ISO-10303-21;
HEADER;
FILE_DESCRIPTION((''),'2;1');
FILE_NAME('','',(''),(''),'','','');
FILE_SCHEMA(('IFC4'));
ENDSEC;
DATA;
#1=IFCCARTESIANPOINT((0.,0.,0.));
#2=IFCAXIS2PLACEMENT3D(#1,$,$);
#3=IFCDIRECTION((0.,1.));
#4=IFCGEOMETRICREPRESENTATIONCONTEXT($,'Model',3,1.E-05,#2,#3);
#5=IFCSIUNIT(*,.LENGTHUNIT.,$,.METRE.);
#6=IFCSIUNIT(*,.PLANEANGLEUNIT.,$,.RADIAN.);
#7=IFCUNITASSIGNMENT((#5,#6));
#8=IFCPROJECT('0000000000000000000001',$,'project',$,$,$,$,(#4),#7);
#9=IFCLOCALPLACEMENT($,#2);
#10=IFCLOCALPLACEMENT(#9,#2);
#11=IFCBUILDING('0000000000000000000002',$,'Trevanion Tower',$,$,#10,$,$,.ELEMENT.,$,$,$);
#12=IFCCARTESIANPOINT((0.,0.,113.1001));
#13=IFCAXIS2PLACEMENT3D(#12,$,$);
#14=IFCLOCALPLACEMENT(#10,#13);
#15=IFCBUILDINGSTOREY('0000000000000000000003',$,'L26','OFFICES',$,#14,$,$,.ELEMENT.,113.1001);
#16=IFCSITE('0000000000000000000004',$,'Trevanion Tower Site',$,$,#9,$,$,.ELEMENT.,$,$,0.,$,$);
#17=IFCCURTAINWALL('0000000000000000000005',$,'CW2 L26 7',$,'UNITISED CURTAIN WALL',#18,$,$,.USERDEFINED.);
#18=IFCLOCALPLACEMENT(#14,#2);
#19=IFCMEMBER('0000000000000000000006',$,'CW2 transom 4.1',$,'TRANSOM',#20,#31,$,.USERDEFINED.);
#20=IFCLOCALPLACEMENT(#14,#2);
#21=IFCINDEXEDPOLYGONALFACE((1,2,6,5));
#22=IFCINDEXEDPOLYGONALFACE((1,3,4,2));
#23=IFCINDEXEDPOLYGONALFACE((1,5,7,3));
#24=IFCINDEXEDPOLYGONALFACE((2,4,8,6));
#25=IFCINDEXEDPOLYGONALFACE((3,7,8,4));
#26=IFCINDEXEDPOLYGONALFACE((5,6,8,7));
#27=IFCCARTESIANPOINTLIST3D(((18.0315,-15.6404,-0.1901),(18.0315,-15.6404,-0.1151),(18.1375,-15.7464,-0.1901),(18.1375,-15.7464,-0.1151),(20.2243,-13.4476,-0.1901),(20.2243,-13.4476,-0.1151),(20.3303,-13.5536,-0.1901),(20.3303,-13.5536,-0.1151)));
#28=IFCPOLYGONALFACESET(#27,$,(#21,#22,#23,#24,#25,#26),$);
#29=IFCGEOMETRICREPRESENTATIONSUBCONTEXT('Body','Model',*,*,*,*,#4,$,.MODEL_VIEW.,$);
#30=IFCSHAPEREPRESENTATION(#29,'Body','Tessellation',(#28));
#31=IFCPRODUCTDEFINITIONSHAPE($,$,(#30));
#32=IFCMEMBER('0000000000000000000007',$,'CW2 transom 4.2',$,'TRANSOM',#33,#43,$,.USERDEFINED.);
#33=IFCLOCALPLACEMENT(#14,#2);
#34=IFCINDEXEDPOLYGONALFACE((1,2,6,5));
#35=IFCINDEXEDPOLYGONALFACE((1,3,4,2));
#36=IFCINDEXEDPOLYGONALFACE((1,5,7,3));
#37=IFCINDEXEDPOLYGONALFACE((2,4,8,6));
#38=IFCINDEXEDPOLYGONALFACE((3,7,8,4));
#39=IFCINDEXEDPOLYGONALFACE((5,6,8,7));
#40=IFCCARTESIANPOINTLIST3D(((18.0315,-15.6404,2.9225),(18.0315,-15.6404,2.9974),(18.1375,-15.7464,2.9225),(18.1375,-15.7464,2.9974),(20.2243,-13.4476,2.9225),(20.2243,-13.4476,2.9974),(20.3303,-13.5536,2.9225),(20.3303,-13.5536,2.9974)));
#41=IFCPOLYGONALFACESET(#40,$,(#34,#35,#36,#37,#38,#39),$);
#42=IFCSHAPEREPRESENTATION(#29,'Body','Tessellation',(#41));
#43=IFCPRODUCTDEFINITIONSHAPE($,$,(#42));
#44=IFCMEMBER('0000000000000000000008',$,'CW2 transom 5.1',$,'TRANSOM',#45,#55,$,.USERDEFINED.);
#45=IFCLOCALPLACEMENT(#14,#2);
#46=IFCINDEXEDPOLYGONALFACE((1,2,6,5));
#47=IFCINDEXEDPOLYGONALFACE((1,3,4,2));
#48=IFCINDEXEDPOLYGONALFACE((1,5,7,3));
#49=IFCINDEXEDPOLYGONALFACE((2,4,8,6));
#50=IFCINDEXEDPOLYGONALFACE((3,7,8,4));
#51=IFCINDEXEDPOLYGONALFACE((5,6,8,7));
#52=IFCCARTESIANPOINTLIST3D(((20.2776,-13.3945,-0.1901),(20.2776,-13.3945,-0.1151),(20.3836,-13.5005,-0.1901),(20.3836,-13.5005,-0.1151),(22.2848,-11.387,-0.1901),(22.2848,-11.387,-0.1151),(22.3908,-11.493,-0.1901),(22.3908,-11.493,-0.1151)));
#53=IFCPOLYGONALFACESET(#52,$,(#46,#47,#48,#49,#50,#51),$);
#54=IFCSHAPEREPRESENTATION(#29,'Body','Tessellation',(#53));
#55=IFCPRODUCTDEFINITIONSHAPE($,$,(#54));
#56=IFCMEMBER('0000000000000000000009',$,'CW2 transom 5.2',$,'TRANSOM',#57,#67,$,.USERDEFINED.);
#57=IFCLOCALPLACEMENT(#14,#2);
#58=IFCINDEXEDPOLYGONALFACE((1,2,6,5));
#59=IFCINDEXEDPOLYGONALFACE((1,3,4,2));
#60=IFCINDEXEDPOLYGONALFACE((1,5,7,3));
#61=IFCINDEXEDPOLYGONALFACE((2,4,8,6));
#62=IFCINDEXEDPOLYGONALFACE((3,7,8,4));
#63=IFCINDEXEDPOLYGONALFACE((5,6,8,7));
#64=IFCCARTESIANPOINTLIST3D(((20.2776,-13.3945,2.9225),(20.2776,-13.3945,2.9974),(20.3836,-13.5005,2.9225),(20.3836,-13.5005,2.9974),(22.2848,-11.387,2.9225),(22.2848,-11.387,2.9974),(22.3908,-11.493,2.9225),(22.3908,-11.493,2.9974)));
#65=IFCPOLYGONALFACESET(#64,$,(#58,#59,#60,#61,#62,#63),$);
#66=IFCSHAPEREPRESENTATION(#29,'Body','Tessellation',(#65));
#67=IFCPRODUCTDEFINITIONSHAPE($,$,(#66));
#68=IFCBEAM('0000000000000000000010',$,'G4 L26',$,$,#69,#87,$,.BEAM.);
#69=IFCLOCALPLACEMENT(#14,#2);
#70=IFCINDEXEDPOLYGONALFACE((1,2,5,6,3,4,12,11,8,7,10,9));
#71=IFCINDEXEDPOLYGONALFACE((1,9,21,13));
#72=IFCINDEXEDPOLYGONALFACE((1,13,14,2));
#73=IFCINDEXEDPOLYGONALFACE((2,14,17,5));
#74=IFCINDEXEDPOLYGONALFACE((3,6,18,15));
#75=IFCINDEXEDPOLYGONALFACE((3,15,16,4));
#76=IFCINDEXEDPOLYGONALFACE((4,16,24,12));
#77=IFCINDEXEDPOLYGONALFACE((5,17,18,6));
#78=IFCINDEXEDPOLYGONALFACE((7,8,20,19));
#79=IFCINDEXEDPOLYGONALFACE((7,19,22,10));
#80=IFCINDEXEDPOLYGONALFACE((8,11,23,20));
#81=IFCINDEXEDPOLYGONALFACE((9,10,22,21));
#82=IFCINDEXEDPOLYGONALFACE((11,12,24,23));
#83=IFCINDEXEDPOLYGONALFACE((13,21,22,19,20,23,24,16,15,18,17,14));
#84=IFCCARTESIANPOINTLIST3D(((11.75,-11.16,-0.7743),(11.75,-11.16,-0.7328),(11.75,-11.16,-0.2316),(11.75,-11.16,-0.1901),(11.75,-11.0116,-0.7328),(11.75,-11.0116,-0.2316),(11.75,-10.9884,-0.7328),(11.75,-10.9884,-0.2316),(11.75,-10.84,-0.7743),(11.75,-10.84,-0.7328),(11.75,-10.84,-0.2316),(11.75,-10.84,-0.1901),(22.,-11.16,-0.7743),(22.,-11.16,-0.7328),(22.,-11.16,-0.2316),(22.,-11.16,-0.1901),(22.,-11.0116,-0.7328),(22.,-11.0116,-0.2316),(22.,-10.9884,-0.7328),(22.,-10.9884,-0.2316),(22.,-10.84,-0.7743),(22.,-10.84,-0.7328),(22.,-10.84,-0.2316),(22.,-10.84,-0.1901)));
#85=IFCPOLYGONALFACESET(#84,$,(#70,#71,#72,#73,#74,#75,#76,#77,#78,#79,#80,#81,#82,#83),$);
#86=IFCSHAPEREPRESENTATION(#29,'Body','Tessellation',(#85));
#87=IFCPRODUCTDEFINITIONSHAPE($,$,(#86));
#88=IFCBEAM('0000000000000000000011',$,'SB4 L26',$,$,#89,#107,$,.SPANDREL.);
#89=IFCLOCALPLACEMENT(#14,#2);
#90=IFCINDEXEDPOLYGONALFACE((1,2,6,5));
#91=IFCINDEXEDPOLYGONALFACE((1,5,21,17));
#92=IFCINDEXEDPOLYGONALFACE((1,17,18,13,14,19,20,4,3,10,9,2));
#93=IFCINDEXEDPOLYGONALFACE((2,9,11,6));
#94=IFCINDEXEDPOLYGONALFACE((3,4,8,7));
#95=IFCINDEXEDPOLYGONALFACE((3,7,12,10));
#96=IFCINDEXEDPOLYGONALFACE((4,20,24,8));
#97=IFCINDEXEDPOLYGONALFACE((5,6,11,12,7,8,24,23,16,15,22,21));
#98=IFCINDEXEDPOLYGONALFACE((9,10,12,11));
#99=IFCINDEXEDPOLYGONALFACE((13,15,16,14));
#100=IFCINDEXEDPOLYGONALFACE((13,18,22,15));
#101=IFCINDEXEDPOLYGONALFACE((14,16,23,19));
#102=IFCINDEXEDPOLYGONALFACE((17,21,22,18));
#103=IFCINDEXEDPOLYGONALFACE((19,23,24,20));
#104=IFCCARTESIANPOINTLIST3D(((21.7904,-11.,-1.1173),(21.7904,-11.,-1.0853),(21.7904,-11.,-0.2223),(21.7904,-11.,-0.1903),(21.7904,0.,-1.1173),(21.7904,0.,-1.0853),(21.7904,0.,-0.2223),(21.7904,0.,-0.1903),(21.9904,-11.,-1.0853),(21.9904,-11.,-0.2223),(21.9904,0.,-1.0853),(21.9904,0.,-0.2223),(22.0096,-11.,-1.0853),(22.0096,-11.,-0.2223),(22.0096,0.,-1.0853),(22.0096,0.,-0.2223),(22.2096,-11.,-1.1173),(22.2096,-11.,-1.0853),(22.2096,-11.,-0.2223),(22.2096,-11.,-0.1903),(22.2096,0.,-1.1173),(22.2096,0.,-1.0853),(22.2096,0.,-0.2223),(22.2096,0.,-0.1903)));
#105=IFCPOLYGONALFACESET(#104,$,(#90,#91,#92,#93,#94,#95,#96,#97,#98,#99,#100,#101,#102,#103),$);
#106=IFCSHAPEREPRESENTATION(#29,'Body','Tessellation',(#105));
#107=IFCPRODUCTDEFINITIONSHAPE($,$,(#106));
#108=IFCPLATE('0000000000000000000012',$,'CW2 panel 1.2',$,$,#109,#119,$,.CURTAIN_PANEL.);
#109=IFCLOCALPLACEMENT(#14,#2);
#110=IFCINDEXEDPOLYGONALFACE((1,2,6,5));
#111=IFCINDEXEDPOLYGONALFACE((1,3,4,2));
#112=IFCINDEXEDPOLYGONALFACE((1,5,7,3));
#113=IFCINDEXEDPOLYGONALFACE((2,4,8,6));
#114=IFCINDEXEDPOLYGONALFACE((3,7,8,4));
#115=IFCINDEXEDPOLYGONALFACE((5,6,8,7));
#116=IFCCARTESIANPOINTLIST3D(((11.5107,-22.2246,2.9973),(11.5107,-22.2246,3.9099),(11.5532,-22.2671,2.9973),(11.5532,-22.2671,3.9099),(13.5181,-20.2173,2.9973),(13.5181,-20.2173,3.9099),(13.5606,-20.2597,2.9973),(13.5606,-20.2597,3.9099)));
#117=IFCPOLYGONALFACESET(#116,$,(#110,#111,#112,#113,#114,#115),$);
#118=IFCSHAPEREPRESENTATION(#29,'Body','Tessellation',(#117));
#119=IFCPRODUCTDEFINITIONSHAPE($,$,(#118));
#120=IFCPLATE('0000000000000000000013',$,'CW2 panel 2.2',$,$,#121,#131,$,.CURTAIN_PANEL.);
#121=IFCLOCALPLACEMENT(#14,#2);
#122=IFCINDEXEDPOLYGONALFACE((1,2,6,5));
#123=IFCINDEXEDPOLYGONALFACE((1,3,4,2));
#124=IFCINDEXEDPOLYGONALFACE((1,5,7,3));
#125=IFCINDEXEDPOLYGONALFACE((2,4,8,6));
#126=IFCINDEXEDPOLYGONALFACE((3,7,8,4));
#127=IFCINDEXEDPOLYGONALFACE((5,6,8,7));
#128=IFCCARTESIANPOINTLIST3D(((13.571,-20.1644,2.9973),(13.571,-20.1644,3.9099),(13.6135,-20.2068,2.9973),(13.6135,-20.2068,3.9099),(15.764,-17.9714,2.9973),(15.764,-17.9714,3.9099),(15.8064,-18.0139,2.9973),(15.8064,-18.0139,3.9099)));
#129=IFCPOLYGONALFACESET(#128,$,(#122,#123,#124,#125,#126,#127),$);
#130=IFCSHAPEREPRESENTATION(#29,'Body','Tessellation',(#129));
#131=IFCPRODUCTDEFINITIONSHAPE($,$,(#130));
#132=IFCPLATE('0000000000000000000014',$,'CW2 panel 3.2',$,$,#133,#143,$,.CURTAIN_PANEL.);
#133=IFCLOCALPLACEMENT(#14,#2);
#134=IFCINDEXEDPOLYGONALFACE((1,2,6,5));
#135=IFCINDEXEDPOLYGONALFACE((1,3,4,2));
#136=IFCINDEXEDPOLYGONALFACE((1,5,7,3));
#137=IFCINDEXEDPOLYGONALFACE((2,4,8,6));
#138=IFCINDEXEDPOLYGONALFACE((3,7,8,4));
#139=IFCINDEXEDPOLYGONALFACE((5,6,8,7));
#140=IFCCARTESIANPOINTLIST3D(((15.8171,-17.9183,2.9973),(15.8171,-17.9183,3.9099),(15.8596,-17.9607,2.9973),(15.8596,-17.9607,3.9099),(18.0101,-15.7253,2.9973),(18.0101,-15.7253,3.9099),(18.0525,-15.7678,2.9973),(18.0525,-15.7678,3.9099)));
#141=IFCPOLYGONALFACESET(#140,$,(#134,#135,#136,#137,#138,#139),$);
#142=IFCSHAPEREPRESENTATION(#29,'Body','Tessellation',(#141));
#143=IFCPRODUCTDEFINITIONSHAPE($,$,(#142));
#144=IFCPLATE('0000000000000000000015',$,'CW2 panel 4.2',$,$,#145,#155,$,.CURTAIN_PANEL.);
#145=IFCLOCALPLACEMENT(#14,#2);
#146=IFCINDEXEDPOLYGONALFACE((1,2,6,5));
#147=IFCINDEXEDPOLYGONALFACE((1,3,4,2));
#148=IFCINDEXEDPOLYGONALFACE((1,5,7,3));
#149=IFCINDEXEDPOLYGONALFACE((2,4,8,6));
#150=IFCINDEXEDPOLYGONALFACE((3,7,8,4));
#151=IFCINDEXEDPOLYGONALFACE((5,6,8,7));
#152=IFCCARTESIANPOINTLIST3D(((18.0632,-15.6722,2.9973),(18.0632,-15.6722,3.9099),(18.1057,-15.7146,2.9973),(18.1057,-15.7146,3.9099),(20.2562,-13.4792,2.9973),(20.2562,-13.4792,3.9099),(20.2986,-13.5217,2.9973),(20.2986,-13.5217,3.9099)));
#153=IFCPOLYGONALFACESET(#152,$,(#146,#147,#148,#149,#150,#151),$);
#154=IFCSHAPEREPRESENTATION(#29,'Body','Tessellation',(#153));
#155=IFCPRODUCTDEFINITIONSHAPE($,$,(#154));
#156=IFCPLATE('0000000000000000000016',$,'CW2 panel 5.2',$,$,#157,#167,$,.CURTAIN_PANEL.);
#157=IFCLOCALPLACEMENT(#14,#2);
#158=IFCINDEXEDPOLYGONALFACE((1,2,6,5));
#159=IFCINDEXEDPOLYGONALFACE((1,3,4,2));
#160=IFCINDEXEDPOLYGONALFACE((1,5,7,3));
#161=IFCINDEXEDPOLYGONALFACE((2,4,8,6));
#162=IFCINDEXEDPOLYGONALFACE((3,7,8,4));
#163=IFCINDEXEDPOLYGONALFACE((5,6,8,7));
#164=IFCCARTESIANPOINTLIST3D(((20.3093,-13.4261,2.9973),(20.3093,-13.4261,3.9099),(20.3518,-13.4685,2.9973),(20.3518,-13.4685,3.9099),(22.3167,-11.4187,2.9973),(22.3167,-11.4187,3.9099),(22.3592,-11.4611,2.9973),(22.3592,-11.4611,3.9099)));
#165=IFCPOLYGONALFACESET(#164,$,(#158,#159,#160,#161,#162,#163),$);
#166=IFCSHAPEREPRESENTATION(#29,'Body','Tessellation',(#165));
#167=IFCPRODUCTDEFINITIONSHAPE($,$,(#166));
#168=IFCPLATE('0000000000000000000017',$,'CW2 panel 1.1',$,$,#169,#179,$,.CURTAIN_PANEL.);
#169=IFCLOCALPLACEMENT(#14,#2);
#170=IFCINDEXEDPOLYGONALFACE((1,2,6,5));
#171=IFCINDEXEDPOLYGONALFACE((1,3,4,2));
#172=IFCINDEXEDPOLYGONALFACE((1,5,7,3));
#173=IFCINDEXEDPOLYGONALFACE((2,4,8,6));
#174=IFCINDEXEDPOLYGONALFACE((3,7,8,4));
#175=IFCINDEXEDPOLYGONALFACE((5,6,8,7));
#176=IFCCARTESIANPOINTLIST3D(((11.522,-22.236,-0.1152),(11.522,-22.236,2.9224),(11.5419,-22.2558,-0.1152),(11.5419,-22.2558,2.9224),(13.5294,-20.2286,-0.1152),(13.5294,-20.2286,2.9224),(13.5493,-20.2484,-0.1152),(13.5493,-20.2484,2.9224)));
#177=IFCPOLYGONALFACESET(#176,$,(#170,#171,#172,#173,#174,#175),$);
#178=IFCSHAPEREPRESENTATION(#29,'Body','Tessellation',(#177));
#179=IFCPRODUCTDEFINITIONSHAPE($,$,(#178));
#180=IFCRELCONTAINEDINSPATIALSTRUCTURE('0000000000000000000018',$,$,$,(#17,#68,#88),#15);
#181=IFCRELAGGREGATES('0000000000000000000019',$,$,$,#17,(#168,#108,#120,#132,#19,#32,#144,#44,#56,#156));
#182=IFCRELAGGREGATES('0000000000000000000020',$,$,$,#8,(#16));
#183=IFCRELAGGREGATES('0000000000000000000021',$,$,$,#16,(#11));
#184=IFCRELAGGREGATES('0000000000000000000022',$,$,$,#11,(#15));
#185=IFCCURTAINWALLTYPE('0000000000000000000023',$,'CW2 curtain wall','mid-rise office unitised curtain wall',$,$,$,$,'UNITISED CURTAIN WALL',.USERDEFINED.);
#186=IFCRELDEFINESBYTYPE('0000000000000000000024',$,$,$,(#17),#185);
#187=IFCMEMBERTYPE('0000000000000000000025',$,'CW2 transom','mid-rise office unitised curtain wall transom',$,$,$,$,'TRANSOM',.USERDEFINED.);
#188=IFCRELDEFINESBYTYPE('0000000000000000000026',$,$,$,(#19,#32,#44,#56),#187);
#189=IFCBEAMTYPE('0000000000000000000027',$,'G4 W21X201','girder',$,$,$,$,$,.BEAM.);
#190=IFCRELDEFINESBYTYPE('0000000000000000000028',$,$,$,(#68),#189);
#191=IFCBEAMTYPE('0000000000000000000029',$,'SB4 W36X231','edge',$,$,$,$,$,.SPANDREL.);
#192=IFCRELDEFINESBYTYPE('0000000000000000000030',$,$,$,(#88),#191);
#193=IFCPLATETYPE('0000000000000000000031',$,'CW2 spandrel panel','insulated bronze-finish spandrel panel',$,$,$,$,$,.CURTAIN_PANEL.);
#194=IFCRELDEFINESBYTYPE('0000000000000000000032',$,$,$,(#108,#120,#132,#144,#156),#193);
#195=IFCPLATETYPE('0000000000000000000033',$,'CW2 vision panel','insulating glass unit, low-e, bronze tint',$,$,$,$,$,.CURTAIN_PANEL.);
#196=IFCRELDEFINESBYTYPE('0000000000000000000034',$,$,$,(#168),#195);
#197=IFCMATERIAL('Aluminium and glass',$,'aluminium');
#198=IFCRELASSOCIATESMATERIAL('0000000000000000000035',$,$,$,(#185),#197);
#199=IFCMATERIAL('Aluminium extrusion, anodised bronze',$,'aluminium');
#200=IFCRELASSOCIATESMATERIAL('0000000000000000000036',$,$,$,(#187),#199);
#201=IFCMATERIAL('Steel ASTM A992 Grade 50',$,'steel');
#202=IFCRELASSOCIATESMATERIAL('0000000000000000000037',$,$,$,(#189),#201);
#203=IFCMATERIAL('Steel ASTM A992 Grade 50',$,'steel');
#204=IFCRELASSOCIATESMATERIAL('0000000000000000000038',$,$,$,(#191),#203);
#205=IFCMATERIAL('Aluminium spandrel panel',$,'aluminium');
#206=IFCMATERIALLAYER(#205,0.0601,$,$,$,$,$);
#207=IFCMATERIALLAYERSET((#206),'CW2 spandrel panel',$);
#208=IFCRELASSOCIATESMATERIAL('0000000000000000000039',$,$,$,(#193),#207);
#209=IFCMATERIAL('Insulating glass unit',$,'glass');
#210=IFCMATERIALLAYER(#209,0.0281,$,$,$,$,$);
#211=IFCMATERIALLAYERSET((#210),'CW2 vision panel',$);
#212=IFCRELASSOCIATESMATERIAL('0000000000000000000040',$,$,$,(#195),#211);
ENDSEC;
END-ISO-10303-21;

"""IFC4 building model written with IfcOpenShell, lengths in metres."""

from ifc_helpers import new_model, si_unit, direction, frame, origin, origin_2d, place, context, subcontext, project, spatial, rectangle, i_section, extrude, material, layer, layer_set, material_profile, profile_set, type_object, element, aggregate, save


model = new_model("IFC4")

# Units and contexts
model_context = context("Model", 3, precision=1e-05, world=origin(), true_north=direction((0.0, 1.0)))
body_context = subcontext(model_context, "Body", "Model", "MODEL_VIEW")
ifc_project = project(units=[si_unit("LENGTHUNIT", "METRE"), si_unit("PLANEANGLEUNIT", "RADIAN")], contexts=[model_context])

# Site, building, storey
site_placement = place(None, origin())
site = spatial("IfcSite", under=ifc_project, at=site_placement, Name="Trevanion Tower Site", CompositionType="ELEMENT", RefElevation=0.0)
building_placement = place(site_placement, origin())
building = spatial("IfcBuilding", under=site, at=building_placement, Name="Trevanion Tower", CompositionType="ELEMENT")
storey_placement = place(building_placement, frame((0.0, 0.0, 113.1001)))
storey = spatial("IfcBuildingStorey", under=building, at=storey_placement, Name="L26", Description="OFFICES", CompositionType="ELEMENT", Elevation=113.1001)

# Curtain wall, members
ifc_material_1 = material(Name="Aluminium and glass", Category="aluminium")
curtain_wall_type = type_object("IfcCurtainWallType", Name="CW2 curtain wall", Description="mid-rise office unitised curtain wall", ElementType="UNITISED CURTAIN WALL", PredefinedType="USERDEFINED", material=ifc_material_1)
curtain_wall_placement = place(storey_placement, origin())
curtain_wall = element("IfcCurtainWall", 1, at=curtain_wall_placement, inside=storey, type_object=curtain_wall_type, Name="CW2 L26 7", ObjectType="UNITISED CURTAIN WALL", PredefinedType="USERDEFINED")
ifc_material_2 = material(Name="Aluminium extrusion, anodised bronze", Category="aluminium")
ifc_material_profile_1 = material_profile(ifc_material_2, rectangle(XDim=0.1499, YDim=0.075, at=origin_2d()), Name="CW2 transom")
ifc_profile_set_1 = profile_set([ifc_material_profile_1], Name="Aluminium extrusion, anodised bronze")
member_type_1 = type_object("IfcMemberType", Name="CW2 transom", Description="mid-rise office unitised curtain wall transom", ElementType="TRANSOM", PredefinedType="USERDEFINED", material=ifc_profile_set_1)
member_1_placement = place(storey_placement, frame((18.0845, -15.6934, -0.1526), z_axis=(0.707107, 0.707107, 0.0), x_axis=(-0.707107, 0.707107, 0.0)))
member_1 = element("IfcMember", 2, at=member_1_placement, type_object=member_type_1, Name="CW2 transom 4.1", ObjectType="TRANSOM", PredefinedType="USERDEFINED", context=body_context, shape_type="SweptSolid", body=[
    extrude(rectangle(XDim=0.1499, YDim=0.075, at=origin_2d()), origin(), (0.0, 0.0, 1.0), 3.1011),
])
member_2_placement = place(storey_placement, frame((18.0845, -15.6934, 2.96), z_axis=(0.707107, 0.707107, 0.0), x_axis=(-0.707107, 0.707107, 0.0)))
member_2 = element("IfcMember", 3, at=member_2_placement, type_object=member_type_1, Name="CW2 transom 4.2", ObjectType="TRANSOM", PredefinedType="USERDEFINED", context=body_context, shape_type="SweptSolid", body=[
    extrude(rectangle(XDim=0.1499, YDim=0.075, at=origin_2d()), origin(), (0.0, 0.0, 1.0), 3.1011),
])
member_3_placement = place(storey_placement, frame((20.3306, -13.4475, -0.1526), z_axis=(0.707064, 0.70715, 0.0), x_axis=(-0.70715, 0.707064, 0.0)))
member_3 = element("IfcMember", 4, at=member_3_placement, type_object=member_type_1, Name="CW2 transom 5.1", ObjectType="TRANSOM", PredefinedType="USERDEFINED", context=body_context, shape_type="SweptSolid", body=[
    extrude(rectangle(XDim=0.1499, YDim=0.075, at=origin_2d()), origin(), (0.0, 0.0, 1.0), 2.8389),
])
member_4_placement = place(storey_placement, frame((20.3306, -13.4475, 2.96), z_axis=(0.707064, 0.70715, 0.0), x_axis=(-0.70715, 0.707064, 0.0)))
member_4 = element("IfcMember", 5, at=member_4_placement, type_object=member_type_1, Name="CW2 transom 5.2", ObjectType="TRANSOM", PredefinedType="USERDEFINED", context=body_context, shape_type="SweptSolid", body=[
    extrude(rectangle(XDim=0.1499, YDim=0.075, at=origin_2d()), origin(), (0.0, 0.0, 1.0), 2.8389),
])

# Beams
ifc_material_3 = material(Name="Steel ASTM A992 Grade 50", Category="steel")
ifc_material_profile_2 = material_profile(ifc_material_3, i_section(OverallWidth=0.3201, OverallDepth=0.5842, WebThickness=0.0232, FlangeThickness=0.0415, at=origin_2d()), Name="W21X201")
ifc_profile_set_2 = profile_set([ifc_material_profile_2], Name="Steel ASTM A992 Grade 50")
beam_type_1 = type_object("IfcBeamType", Name="G4 W21X201", Description="girder", PredefinedType="BEAM", material=ifc_profile_set_2)
beam_1_placement = place(storey_placement, frame((11.75, -11.0, -0.4822), z_axis=(1.0, 0.0, 0.0), x_axis=(0.0, 1.0, 0.0)))
element("IfcBeam", 6, at=beam_1_placement, inside=storey, type_object=beam_type_1, Name="G4 L26", PredefinedType="BEAM", context=body_context, shape_type="SweptSolid", body=[
    extrude(i_section(OverallWidth=0.3201, OverallDepth=0.5842, WebThickness=0.0232, FlangeThickness=0.0415, at=origin_2d()), origin(), (0.0, 0.0, 1.0), 10.25),
])
ifc_material_4 = material(Name="Steel ASTM A992 Grade 50", Category="steel")
ifc_material_profile_3 = material_profile(ifc_material_4, i_section(OverallWidth=0.4192, OverallDepth=0.927, WebThickness=0.0193, FlangeThickness=0.032, at=origin_2d()), Name="W36X231")
ifc_profile_set_3 = profile_set([ifc_material_profile_3], Name="Steel ASTM A992 Grade 50")
beam_type_2 = type_object("IfcBeamType", Name="SB4 W36X231", Description="edge", PredefinedType="SPANDREL", material=ifc_profile_set_3)
beam_2_placement = place(storey_placement, frame((22.0, -11.0, -0.6538), z_axis=(0.0, 1.0, 0.0), x_axis=(-1.0, 0.0, 0.0)))
element("IfcBeam", 7, at=beam_2_placement, inside=storey, type_object=beam_type_2, Name="SB4 L26", PredefinedType="SPANDREL", context=body_context, shape_type="SweptSolid", body=[
    extrude(i_section(OverallWidth=0.4192, OverallDepth=0.927, WebThickness=0.0193, FlangeThickness=0.032, at=origin_2d()), origin(), (0.0, 0.0, 1.0), 11.0),
])

# Plates
ifc_material_5 = material(Name="Aluminium spandrel panel", Category="aluminium")
ifc_layer_1 = layer(ifc_material_5, 0.0601)
ifc_layer_set_1 = layer_set([ifc_layer_1], Name="CW2 spandrel panel")
plate_type_1 = type_object("IfcPlateType", Name="CW2 spandrel panel", Description="insulated bronze-finish spandrel panel", PredefinedType="CURTAIN_PANEL", material=ifc_layer_set_1)
plate_1_placement = place(storey_placement, frame((12.5356, -21.2422, 2.9973), z_axis=(0.0, 0.0, 1.0), x_axis=(0.707107, 0.707107, 0.0)))
plate_1 = element("IfcPlate", 8, at=plate_1_placement, type_object=plate_type_1, Name="CW2 panel 1.2", PredefinedType="CURTAIN_PANEL", context=body_context, shape_type="SweptSolid", body=[
    extrude(rectangle(XDim=2.8389, YDim=0.0601, at=origin_2d()), origin(), (0.0, 0.0, 1.0), 0.9126),
])
plate_2_placement = place(storey_placement, frame((14.6887, -19.0891, 2.9973), z_axis=(0.0, 0.0, 1.0), x_axis=(0.707107, 0.707107, 0.0)))
plate_2 = element("IfcPlate", 9, at=plate_2_placement, type_object=plate_type_1, Name="CW2 panel 2.2", PredefinedType="CURTAIN_PANEL", context=body_context, shape_type="SweptSolid", body=[
    extrude(rectangle(XDim=3.1013, YDim=0.0601, at=origin_2d()), origin(), (0.0, 0.0, 1.0), 0.9126),
])
plate_3_placement = place(storey_placement, frame((16.9348, -16.843, 2.9973), z_axis=(0.0, 0.0, 1.0), x_axis=(0.707107, 0.707107, 0.0)))
plate_3 = element("IfcPlate", 10, at=plate_3_placement, type_object=plate_type_1, Name="CW2 panel 3.2", PredefinedType="CURTAIN_PANEL", context=body_context, shape_type="SweptSolid", body=[
    extrude(rectangle(XDim=3.1013, YDim=0.0601, at=origin_2d()), origin(), (0.0, 0.0, 1.0), 0.9126),
])
plate_4_placement = place(storey_placement, frame((19.1809, -14.5969, 2.9973), z_axis=(0.0, 0.0, 1.0), x_axis=(0.707107, 0.707107, 0.0)))
plate_4 = element("IfcPlate", 11, at=plate_4_placement, type_object=plate_type_1, Name="CW2 panel 4.2", PredefinedType="CURTAIN_PANEL", context=body_context, shape_type="SweptSolid", body=[
    extrude(rectangle(XDim=3.1013, YDim=0.0601, at=origin_2d()), origin(), (0.0, 0.0, 1.0), 0.9126),
])
plate_5_placement = place(storey_placement, frame((21.3342, -12.4436, 2.9973), z_axis=(0.0, 0.0, 1.0), x_axis=(0.707107, 0.707107, 0.0)))
plate_5 = element("IfcPlate", 12, at=plate_5_placement, type_object=plate_type_1, Name="CW2 panel 5.2", PredefinedType="CURTAIN_PANEL", context=body_context, shape_type="SweptSolid", body=[
    extrude(rectangle(XDim=2.8389, YDim=0.0601, at=origin_2d()), origin(), (0.0, 0.0, 1.0), 0.9126),
])
ifc_material_6 = material(Name="Insulating glass unit", Category="glass")
ifc_layer_2 = layer(ifc_material_6, 0.0281)
ifc_layer_set_2 = layer_set([ifc_layer_2], Name="CW2 vision panel")
plate_type_2 = type_object("IfcPlateType", Name="CW2 vision panel", Description="insulating glass unit, low-e, bronze tint", PredefinedType="CURTAIN_PANEL", material=ifc_layer_set_2)
plate_6_placement = place(storey_placement, frame((12.5356, -21.2422, -0.1152), z_axis=(0.0, 0.0, 1.0), x_axis=(0.707107, 0.707107, 0.0)))
plate_6 = element("IfcPlate", 13, at=plate_6_placement, type_object=plate_type_2, Name="CW2 panel 1.1", PredefinedType="CURTAIN_PANEL", context=body_context, shape_type="SweptSolid", body=[
    extrude(rectangle(XDim=2.8389, YDim=0.0281, at=origin_2d()), origin(), (0.0, 0.0, 1.0), 3.0376),
])
aggregate(curtain_wall, [plate_6, plate_1, plate_2, plate_3, member_1, member_2, plate_4, member_3, member_4, plate_5])

save(model, "model.ifc")
